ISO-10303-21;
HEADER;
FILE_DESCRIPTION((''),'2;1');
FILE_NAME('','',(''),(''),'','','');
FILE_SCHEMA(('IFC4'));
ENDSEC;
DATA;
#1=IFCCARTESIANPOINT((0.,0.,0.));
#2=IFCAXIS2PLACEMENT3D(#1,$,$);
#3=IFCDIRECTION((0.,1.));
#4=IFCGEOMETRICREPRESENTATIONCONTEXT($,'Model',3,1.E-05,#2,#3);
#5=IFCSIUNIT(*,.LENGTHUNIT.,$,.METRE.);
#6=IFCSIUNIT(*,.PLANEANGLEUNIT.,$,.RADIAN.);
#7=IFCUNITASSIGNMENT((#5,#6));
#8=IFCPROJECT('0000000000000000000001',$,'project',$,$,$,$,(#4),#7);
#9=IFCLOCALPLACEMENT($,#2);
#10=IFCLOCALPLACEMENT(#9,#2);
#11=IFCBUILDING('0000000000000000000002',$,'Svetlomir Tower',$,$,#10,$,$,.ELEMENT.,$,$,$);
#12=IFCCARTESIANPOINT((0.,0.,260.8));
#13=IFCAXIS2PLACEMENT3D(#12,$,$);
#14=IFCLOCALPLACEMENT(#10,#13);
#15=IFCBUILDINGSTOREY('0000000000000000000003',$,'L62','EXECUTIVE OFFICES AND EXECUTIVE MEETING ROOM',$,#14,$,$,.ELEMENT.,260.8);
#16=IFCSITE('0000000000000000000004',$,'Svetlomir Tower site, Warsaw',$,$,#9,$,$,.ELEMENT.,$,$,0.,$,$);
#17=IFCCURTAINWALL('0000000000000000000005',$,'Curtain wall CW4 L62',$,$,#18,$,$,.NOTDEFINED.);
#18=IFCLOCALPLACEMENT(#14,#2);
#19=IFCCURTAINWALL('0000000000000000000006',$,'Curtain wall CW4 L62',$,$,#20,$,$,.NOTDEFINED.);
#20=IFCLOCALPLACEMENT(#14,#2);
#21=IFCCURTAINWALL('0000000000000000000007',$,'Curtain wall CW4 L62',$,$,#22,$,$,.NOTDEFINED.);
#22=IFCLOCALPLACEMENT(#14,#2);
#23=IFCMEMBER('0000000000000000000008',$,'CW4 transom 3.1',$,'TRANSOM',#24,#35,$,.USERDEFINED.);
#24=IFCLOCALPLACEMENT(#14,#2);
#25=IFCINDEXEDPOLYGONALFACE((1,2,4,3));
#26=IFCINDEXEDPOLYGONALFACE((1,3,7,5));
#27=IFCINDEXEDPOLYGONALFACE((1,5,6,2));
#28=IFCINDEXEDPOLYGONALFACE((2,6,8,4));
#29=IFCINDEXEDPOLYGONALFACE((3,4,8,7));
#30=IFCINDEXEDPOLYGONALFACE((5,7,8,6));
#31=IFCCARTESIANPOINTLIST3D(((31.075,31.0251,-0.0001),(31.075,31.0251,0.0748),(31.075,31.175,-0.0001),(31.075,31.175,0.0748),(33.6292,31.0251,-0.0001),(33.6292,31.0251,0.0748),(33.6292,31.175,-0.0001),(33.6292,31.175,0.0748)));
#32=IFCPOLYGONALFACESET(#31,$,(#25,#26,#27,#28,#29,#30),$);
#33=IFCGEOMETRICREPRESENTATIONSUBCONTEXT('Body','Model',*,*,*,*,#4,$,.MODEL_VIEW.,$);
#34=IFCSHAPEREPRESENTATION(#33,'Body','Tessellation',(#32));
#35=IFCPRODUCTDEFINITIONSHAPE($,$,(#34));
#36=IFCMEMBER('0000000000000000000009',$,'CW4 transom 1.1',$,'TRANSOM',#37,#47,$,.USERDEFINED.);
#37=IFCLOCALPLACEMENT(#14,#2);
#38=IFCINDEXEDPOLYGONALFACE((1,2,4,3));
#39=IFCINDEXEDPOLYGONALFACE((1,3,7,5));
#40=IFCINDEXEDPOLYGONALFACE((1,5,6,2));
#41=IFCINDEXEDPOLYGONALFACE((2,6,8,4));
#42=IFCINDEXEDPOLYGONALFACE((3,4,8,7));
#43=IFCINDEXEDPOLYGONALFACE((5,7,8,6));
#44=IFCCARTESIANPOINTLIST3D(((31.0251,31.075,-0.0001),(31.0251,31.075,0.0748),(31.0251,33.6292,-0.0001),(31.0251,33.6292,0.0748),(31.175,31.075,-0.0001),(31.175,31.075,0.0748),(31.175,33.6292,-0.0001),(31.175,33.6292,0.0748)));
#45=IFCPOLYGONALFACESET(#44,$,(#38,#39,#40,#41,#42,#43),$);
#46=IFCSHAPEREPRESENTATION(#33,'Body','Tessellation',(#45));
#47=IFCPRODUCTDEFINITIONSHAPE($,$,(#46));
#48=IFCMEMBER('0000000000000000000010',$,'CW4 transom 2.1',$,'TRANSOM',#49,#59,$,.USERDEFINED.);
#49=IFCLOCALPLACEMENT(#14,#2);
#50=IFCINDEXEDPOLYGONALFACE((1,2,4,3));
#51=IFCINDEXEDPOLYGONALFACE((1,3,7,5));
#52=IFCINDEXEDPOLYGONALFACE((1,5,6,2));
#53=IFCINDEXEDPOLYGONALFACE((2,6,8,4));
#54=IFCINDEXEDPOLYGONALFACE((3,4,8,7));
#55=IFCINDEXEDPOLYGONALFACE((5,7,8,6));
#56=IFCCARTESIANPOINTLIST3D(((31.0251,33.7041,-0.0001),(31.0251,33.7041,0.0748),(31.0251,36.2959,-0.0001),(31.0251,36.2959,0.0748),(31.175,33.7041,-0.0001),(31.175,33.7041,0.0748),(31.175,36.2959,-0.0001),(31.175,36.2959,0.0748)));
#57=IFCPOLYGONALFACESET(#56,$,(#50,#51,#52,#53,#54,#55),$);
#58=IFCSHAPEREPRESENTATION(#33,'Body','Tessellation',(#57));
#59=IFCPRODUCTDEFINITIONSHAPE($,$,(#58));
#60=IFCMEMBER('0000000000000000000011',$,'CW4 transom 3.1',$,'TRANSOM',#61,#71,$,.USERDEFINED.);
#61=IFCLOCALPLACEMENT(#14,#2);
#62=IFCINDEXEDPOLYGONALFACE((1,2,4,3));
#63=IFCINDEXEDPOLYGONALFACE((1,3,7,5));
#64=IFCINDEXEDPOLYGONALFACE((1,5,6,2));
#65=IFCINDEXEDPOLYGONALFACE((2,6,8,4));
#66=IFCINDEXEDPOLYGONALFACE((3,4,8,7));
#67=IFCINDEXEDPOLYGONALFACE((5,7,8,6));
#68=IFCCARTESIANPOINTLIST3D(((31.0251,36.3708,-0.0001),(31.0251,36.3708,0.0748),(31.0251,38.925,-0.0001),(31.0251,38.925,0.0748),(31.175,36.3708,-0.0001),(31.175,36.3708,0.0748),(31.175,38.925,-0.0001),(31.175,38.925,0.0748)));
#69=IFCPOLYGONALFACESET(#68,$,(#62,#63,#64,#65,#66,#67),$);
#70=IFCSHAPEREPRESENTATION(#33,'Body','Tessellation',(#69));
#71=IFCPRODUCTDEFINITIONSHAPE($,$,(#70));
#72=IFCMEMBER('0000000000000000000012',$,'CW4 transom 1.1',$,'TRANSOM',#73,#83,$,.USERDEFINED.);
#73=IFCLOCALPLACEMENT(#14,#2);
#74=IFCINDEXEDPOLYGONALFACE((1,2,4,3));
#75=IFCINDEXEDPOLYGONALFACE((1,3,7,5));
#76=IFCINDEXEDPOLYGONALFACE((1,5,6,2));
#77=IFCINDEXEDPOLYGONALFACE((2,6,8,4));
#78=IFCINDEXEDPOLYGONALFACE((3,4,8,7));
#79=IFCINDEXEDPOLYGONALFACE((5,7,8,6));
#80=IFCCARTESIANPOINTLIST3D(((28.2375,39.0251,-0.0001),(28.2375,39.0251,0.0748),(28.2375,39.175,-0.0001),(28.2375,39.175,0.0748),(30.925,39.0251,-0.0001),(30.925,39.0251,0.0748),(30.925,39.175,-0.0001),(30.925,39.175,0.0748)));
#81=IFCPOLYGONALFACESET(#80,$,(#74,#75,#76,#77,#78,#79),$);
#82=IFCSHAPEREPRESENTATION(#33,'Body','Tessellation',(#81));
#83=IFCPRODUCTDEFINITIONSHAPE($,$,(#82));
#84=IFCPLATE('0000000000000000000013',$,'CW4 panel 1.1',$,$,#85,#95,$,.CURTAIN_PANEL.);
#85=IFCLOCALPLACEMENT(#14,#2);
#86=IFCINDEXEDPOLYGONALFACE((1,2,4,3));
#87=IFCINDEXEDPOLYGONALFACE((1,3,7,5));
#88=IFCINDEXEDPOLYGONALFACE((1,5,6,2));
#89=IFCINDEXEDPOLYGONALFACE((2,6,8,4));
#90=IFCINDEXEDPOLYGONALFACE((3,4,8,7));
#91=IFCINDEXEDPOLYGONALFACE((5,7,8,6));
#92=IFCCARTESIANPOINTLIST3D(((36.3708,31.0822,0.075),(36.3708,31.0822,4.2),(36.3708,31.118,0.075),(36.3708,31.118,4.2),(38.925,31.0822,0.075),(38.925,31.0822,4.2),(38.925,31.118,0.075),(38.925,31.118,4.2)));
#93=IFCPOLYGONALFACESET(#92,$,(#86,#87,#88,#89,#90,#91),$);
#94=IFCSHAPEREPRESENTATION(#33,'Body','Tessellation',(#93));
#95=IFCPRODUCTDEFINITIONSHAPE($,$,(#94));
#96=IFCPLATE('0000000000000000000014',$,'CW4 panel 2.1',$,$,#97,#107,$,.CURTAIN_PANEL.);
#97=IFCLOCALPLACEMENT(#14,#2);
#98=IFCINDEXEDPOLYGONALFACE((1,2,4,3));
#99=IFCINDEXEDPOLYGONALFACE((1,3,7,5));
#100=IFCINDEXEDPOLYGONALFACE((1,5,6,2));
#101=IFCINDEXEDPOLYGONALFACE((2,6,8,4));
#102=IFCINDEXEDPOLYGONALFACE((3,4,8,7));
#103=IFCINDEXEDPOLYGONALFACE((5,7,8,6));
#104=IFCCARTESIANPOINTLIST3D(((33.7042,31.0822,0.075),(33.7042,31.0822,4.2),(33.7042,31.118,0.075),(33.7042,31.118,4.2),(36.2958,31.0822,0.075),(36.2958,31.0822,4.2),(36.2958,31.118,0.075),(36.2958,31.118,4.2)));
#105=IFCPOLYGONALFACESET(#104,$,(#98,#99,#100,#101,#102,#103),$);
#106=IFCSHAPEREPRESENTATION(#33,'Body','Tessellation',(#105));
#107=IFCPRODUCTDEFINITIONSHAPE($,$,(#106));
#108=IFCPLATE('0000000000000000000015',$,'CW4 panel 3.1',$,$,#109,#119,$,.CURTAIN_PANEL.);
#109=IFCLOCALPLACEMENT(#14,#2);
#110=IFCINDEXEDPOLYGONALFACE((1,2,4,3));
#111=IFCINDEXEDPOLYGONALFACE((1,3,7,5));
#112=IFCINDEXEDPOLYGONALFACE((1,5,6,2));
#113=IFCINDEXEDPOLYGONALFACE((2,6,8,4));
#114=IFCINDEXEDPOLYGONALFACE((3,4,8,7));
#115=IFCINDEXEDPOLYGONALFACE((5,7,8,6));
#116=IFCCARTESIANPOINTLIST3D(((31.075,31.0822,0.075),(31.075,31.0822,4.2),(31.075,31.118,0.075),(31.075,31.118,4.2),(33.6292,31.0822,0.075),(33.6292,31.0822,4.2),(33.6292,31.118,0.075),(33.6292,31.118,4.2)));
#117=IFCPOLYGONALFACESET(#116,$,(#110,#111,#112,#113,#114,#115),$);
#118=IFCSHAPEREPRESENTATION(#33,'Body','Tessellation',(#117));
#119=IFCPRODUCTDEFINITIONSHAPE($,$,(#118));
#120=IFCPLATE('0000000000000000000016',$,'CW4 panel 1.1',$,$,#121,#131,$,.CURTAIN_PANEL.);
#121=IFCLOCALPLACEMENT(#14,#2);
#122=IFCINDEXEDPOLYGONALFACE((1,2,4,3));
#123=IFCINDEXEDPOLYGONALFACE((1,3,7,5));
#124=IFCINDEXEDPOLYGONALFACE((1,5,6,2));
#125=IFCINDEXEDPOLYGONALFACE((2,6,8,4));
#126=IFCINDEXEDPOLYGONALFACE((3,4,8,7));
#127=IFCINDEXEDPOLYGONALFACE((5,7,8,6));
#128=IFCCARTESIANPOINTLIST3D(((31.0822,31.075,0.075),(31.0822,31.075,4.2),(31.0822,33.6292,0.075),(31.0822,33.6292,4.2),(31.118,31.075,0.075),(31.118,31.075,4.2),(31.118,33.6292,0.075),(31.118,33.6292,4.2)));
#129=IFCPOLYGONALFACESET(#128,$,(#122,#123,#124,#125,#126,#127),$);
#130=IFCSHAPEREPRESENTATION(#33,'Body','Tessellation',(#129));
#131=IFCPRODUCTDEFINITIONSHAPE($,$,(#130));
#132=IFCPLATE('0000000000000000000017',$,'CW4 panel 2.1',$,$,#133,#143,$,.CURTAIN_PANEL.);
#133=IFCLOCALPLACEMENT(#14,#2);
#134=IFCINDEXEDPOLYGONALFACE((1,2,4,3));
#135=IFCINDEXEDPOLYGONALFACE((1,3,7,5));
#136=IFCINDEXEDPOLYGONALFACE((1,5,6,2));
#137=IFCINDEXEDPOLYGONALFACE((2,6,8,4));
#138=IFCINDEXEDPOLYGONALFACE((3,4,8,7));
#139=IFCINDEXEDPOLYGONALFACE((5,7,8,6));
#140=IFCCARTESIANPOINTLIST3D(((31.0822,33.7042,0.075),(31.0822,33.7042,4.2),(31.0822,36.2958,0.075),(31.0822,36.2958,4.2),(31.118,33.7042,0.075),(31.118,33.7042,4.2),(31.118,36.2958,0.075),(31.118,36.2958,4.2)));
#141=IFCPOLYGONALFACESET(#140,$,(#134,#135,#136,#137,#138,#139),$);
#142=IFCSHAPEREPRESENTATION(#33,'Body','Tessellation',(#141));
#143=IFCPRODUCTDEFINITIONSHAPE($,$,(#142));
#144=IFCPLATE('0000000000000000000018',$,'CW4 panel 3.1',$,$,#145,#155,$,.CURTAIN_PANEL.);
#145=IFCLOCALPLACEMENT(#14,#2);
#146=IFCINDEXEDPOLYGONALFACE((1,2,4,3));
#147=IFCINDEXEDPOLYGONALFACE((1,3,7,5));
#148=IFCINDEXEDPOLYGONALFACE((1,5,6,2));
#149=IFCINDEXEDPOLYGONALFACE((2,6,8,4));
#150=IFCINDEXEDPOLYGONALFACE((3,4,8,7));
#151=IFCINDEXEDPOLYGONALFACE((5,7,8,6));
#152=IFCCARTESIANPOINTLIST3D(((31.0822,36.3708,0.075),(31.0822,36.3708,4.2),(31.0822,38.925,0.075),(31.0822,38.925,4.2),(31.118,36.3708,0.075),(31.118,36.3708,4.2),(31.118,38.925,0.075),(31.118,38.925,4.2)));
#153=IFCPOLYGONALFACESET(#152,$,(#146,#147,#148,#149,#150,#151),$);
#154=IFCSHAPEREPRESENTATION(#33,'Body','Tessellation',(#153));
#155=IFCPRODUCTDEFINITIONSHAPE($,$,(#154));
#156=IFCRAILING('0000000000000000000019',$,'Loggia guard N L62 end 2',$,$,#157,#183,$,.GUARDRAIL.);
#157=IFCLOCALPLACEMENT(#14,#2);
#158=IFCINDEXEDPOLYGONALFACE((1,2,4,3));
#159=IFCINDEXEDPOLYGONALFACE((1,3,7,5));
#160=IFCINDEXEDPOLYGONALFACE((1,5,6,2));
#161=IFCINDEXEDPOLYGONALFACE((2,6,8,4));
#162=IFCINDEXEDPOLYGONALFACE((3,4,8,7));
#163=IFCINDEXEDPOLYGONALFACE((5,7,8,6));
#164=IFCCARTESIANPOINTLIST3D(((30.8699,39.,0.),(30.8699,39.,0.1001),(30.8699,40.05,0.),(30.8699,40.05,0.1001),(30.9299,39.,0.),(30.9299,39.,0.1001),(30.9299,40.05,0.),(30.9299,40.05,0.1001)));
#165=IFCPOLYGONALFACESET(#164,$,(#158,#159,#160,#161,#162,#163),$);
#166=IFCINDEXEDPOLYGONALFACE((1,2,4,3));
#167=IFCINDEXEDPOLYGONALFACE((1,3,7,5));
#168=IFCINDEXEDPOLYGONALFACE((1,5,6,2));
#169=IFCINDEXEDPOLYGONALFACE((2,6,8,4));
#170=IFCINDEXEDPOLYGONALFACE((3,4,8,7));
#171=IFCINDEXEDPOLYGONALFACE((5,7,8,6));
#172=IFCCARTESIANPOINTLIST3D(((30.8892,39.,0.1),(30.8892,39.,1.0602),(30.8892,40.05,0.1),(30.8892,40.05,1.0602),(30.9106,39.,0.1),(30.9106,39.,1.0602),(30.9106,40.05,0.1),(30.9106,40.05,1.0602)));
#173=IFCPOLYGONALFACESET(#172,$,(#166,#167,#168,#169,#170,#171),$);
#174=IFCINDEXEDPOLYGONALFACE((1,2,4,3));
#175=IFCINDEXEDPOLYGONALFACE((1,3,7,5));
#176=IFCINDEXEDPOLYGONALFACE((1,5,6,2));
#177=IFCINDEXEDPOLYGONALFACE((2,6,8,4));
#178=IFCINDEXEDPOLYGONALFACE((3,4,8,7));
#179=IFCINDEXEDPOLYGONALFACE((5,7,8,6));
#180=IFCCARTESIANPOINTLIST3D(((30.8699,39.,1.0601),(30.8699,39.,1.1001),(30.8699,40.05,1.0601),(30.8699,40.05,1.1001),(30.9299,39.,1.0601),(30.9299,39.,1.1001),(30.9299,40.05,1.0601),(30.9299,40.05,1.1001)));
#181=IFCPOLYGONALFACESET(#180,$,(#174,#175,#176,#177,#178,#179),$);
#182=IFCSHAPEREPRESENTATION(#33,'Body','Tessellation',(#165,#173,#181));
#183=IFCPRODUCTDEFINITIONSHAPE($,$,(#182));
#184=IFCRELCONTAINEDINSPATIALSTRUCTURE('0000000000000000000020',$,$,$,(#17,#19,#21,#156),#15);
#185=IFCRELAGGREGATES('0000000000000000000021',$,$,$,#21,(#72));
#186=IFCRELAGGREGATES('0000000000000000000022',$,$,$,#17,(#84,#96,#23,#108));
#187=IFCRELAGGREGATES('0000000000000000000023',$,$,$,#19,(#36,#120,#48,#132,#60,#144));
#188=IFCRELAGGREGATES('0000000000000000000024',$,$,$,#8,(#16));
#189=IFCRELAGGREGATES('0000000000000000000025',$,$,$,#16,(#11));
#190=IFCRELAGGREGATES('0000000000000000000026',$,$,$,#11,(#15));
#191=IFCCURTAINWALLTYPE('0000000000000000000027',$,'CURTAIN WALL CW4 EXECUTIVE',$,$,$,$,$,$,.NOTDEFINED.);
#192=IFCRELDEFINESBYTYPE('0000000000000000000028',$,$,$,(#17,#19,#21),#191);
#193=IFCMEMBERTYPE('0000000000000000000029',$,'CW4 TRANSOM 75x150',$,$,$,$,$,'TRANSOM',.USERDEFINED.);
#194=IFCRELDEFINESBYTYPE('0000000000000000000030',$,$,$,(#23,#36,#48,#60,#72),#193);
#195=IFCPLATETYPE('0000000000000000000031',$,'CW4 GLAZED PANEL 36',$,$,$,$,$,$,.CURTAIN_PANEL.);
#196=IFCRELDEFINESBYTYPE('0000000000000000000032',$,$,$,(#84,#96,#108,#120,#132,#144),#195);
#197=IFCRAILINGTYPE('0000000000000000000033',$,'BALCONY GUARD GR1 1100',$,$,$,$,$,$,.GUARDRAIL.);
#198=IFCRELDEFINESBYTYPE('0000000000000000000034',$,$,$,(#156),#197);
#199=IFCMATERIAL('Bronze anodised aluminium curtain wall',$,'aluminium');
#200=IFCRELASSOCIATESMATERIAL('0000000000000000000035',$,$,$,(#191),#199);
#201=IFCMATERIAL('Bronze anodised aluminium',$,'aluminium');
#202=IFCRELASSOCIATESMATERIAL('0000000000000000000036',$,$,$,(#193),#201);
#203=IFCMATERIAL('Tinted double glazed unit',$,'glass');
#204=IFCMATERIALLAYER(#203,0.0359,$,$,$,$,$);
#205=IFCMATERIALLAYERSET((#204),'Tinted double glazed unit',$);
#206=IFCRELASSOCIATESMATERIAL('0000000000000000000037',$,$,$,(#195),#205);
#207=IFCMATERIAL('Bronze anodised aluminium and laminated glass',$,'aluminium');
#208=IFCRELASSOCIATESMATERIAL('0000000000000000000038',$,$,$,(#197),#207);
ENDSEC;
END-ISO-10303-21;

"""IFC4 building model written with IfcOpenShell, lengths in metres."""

from ifc_helpers import new_model, si_unit, direction, frame, origin, origin_2d, place, context, subcontext, project, spatial, rectangle, extrude, material, layer, layer_set, material_profile, profile_set, type_object, element, aggregate, save


model = new_model("IFC4")

# Units and contexts
model_context = context("Model", 3, precision=1e-05, world=origin(), true_north=direction((0.0, 1.0)))
body_context = subcontext(model_context, "Body", "Model", "MODEL_VIEW")
ifc_project = project(units=[si_unit("LENGTHUNIT", "METRE"), si_unit("PLANEANGLEUNIT", "RADIAN")], contexts=[model_context])

# Site, building, storey
site_placement = place(None, origin())
site = spatial("IfcSite", under=ifc_project, at=site_placement, Name="Svetlomir Tower site, Warsaw", CompositionType="ELEMENT", RefElevation=0.0)
building_placement = place(site_placement, origin())
building = spatial("IfcBuilding", under=site, at=building_placement, Name="Svetlomir Tower", CompositionType="ELEMENT")
storey_placement = place(building_placement, frame((0.0, 0.0, 260.8)))
storey = spatial("IfcBuildingStorey", under=building, at=storey_placement, Name="L62", Description="EXECUTIVE OFFICES AND EXECUTIVE MEETING ROOM", CompositionType="ELEMENT", Elevation=260.8)

# Curtain walls
ifc_material_1 = material(Name="Bronze anodised aluminium curtain wall", Category="aluminium")
curtain_wall_type = type_object("IfcCurtainWallType", Name="CURTAIN WALL CW4 EXECUTIVE", PredefinedType="NOTDEFINED", material=ifc_material_1)
curtain_wall_1_placement = place(storey_placement, origin())
curtain_wall_1 = element("IfcCurtainWall", 1, at=curtain_wall_1_placement, inside=storey, type_object=curtain_wall_type, Name="Curtain wall CW4 L62", PredefinedType="NOTDEFINED")
curtain_wall_2_placement = place(storey_placement, origin())
curtain_wall_2 = element("IfcCurtainWall", 2, at=curtain_wall_2_placement, inside=storey, type_object=curtain_wall_type, Name="Curtain wall CW4 L62", PredefinedType="NOTDEFINED")

# Curtain wall
curtain_wall_3_placement = place(storey_placement, origin())
curtain_wall_3 = element("IfcCurtainWall", 3, at=curtain_wall_3_placement, inside=storey, type_object=curtain_wall_type, Name="Curtain wall CW4 L62", PredefinedType="NOTDEFINED")

# Members
ifc_material_2 = material(Name="Bronze anodised aluminium", Category="aluminium")
ifc_material_profile_1 = material_profile(ifc_material_2, rectangle(XDim=0.1499, YDim=0.075, at=origin_2d()), Name="AL 150x75")
ifc_profile_set_1 = profile_set([ifc_material_profile_1], Name="Bronze anodised aluminium 6063-T6")
member_type_1 = type_object("IfcMemberType", Name="CW4 TRANSOM 75x150", ElementType="TRANSOM", PredefinedType="USERDEFINED", material=ifc_profile_set_1)
member_1_placement = place(storey_placement, frame((33.6292, 31.1001, 0.0374), z_axis=(-1.0, 0.0, 0.0), x_axis=(0.0, -1.0, 0.0)))
member_1 = element("IfcMember", 4, at=member_1_placement, type_object=member_type_1, Name="CW4 transom 3.1", ObjectType="TRANSOM", PredefinedType="USERDEFINED", context=body_context, shape_type="SweptSolid", body=[
    extrude(rectangle(XDim=0.1499, YDim=0.075, at=origin_2d()), origin(), (0.0, 0.0, 1.0), 2.5542),
])
member_2_placement = place(storey_placement, frame((31.1001, 31.075, 0.0374), z_axis=(0.0, 1.0, 0.0), x_axis=(-1.0, 0.0, 0.0)))
member_2 = element("IfcMember", 5, at=member_2_placement, type_object=member_type_1, Name="CW4 transom 1.1", ObjectType="TRANSOM", PredefinedType="USERDEFINED", context=body_context, shape_type="SweptSolid", body=[
    extrude(rectangle(XDim=0.1499, YDim=0.075, at=origin_2d()), origin(), (0.0, 0.0, 1.0), 2.5542),
])
member_3_placement = place(storey_placement, frame((31.1001, 33.7041, 0.0374), z_axis=(0.0, 1.0, 0.0), x_axis=(-1.0, 0.0, 0.0)))
member_3 = element("IfcMember", 6, at=member_3_placement, type_object=member_type_1, Name="CW4 transom 2.1", ObjectType="TRANSOM", PredefinedType="USERDEFINED", context=body_context, shape_type="SweptSolid", body=[
    extrude(rectangle(XDim=0.1499, YDim=0.075, at=origin_2d()), origin(), (0.0, 0.0, 1.0), 2.5918),
])
member_4_placement = place(storey_placement, frame((31.1001, 36.3708, 0.0374), z_axis=(0.0, 1.0, 0.0), x_axis=(-1.0, 0.0, 0.0)))
member_4 = element("IfcMember", 7, at=member_4_placement, type_object=member_type_1, Name="CW4 transom 3.1", ObjectType="TRANSOM", PredefinedType="USERDEFINED", context=body_context, shape_type="SweptSolid", body=[
    extrude(rectangle(XDim=0.1499, YDim=0.075, at=origin_2d()), origin(), (0.0, 0.0, 1.0), 2.5542),
])
member_5_placement = place(storey_placement, frame((30.925, 39.1001, 0.0374), z_axis=(-1.0, 0.0, 0.0), x_axis=(0.0, -1.0, 0.0)))
member_5 = element("IfcMember", 8, at=member_5_placement, type_object=member_type_1, Name="CW4 transom 1.1", ObjectType="TRANSOM", PredefinedType="USERDEFINED", context=body_context, shape_type="SweptSolid", body=[
    extrude(rectangle(XDim=0.1499, YDim=0.075, at=origin_2d()), origin(), (0.0, 0.0, 1.0), 2.6875),
])
aggregate(curtain_wall_3, [member_5])

# Plates
ifc_material_3 = material(Name="Tinted double glazed unit", Category="glass")
ifc_layer = layer(ifc_material_3, 0.0359)
ifc_layer_set = layer_set([ifc_layer], Name="Tinted double glazed unit")
plate_type = type_object("IfcPlateType", Name="CW4 GLAZED PANEL 36", PredefinedType="CURTAIN_PANEL", material=ifc_layer_set)
plate_1_placement = place(storey_placement, frame((37.6479, 31.1001, 0.075), z_axis=(0.0, 0.0, 1.0), x_axis=(-1.0, 0.0, 0.0)))
plate_1 = element("IfcPlate", 9, at=plate_1_placement, type_object=plate_type, Name="CW4 panel 1.1", PredefinedType="CURTAIN_PANEL", context=body_context, shape_type="SweptSolid", body=[
    extrude(rectangle(XDim=2.5542, YDim=0.0359, at=origin_2d()), origin(), (0.0, 0.0, 1.0), 4.125),
])
plate_2_placement = place(storey_placement, frame((35.0, 31.1001, 0.075), z_axis=(0.0, 0.0, 1.0), x_axis=(-1.0, 0.0, 0.0)))
plate_2 = element("IfcPlate", 10, at=plate_2_placement, type_object=plate_type, Name="CW4 panel 2.1", PredefinedType="CURTAIN_PANEL", context=body_context, shape_type="SweptSolid", body=[
    extrude(rectangle(XDim=2.5916, YDim=0.0359, at=origin_2d()), origin(), (0.0, 0.0, 1.0), 4.125),
])
plate_3_placement = place(storey_placement, frame((32.3521, 31.1001, 0.075), z_axis=(0.0, 0.0, 1.0), x_axis=(-1.0, 0.0, 0.0)))
plate_3 = element("IfcPlate", 11, at=plate_3_placement, type_object=plate_type, Name="CW4 panel 3.1", PredefinedType="CURTAIN_PANEL", context=body_context, shape_type="SweptSolid", body=[
    extrude(rectangle(XDim=2.5542, YDim=0.0359, at=origin_2d()), origin(), (0.0, 0.0, 1.0), 4.125),
])
aggregate(curtain_wall_1, [plate_1, plate_2, member_1, plate_3])
plate_4_placement = place(storey_placement, frame((31.1001, 32.3521, 0.075), z_axis=(0.0, 0.0, 1.0), x_axis=(0.0, 1.0, 0.0)))
plate_4 = element("IfcPlate", 12, at=plate_4_placement, type_object=plate_type, Name="CW4 panel 1.1", PredefinedType="CURTAIN_PANEL", context=body_context, shape_type="SweptSolid", body=[
    extrude(rectangle(XDim=2.5542, YDim=0.0359, at=origin_2d()), origin(), (0.0, 0.0, 1.0), 4.125),
])
plate_5_placement = place(storey_placement, frame((31.1001, 35.0, 0.075), z_axis=(0.0, 0.0, 1.0), x_axis=(0.0, 1.0, 0.0)))
plate_5 = element("IfcPlate", 13, at=plate_5_placement, type_object=plate_type, Name="CW4 panel 2.1", PredefinedType="CURTAIN_PANEL", context=body_context, shape_type="SweptSolid", body=[
    extrude(rectangle(XDim=2.5916, YDim=0.0359, at=origin_2d()), origin(), (0.0, 0.0, 1.0), 4.125),
])
plate_6_placement = place(storey_placement, frame((31.1001, 37.6479, 0.075), z_axis=(0.0, 0.0, 1.0), x_axis=(0.0, 1.0, 0.0)))
plate_6 = element("IfcPlate", 14, at=plate_6_placement, type_object=plate_type, Name="CW4 panel 3.1", PredefinedType="CURTAIN_PANEL", context=body_context, shape_type="SweptSolid", body=[
    extrude(rectangle(XDim=2.5542, YDim=0.0359, at=origin_2d()), origin(), (0.0, 0.0, 1.0), 4.125),
])
aggregate(curtain_wall_2, [member_2, plate_4, member_3, plate_5, member_4, plate_6])

# Railing
ifc_material_4 = material(Name="Bronze anodised aluminium and laminated glass", Category="aluminium")
railing_type = type_object("IfcRailingType", Name="BALCONY GUARD GR1 1100", PredefinedType="GUARDRAIL", material=ifc_material_4)
railing_placement = place(storey_placement, frame((30.8999, 40.05, 0.0)))
element("IfcRailing", 15, at=railing_placement, inside=storey, type_object=railing_type, Name="Loggia guard N L62 end 2", PredefinedType="GUARDRAIL", context=body_context, shape_type="SweptSolid", body=[
    extrude(rectangle(XDim=0.0601, YDim=0.1001, at=origin_2d()), frame((0.0, 0.0, 0.05), z_axis=(0.0, -1.0, 0.0), x_axis=(1.0, 0.0, 0.0)), (0.0, 0.0, 1.0), 1.05),
    extrude(rectangle(XDim=0.0215, YDim=0.9602, at=origin_2d()), frame((0.0, 0.0, 0.5801), z_axis=(0.0, -1.0, 0.0), x_axis=(1.0, 0.0, 0.0)), (0.0, 0.0, 1.0), 1.05),
    extrude(rectangle(XDim=0.0601, YDim=0.04, at=origin_2d()), frame((0.0, 0.0, 1.0801), z_axis=(0.0, -1.0, 0.0), x_axis=(1.0, 0.0, 0.0)), (0.0, 0.0, 1.0), 1.05),
])

save(model, "model.ifc")
